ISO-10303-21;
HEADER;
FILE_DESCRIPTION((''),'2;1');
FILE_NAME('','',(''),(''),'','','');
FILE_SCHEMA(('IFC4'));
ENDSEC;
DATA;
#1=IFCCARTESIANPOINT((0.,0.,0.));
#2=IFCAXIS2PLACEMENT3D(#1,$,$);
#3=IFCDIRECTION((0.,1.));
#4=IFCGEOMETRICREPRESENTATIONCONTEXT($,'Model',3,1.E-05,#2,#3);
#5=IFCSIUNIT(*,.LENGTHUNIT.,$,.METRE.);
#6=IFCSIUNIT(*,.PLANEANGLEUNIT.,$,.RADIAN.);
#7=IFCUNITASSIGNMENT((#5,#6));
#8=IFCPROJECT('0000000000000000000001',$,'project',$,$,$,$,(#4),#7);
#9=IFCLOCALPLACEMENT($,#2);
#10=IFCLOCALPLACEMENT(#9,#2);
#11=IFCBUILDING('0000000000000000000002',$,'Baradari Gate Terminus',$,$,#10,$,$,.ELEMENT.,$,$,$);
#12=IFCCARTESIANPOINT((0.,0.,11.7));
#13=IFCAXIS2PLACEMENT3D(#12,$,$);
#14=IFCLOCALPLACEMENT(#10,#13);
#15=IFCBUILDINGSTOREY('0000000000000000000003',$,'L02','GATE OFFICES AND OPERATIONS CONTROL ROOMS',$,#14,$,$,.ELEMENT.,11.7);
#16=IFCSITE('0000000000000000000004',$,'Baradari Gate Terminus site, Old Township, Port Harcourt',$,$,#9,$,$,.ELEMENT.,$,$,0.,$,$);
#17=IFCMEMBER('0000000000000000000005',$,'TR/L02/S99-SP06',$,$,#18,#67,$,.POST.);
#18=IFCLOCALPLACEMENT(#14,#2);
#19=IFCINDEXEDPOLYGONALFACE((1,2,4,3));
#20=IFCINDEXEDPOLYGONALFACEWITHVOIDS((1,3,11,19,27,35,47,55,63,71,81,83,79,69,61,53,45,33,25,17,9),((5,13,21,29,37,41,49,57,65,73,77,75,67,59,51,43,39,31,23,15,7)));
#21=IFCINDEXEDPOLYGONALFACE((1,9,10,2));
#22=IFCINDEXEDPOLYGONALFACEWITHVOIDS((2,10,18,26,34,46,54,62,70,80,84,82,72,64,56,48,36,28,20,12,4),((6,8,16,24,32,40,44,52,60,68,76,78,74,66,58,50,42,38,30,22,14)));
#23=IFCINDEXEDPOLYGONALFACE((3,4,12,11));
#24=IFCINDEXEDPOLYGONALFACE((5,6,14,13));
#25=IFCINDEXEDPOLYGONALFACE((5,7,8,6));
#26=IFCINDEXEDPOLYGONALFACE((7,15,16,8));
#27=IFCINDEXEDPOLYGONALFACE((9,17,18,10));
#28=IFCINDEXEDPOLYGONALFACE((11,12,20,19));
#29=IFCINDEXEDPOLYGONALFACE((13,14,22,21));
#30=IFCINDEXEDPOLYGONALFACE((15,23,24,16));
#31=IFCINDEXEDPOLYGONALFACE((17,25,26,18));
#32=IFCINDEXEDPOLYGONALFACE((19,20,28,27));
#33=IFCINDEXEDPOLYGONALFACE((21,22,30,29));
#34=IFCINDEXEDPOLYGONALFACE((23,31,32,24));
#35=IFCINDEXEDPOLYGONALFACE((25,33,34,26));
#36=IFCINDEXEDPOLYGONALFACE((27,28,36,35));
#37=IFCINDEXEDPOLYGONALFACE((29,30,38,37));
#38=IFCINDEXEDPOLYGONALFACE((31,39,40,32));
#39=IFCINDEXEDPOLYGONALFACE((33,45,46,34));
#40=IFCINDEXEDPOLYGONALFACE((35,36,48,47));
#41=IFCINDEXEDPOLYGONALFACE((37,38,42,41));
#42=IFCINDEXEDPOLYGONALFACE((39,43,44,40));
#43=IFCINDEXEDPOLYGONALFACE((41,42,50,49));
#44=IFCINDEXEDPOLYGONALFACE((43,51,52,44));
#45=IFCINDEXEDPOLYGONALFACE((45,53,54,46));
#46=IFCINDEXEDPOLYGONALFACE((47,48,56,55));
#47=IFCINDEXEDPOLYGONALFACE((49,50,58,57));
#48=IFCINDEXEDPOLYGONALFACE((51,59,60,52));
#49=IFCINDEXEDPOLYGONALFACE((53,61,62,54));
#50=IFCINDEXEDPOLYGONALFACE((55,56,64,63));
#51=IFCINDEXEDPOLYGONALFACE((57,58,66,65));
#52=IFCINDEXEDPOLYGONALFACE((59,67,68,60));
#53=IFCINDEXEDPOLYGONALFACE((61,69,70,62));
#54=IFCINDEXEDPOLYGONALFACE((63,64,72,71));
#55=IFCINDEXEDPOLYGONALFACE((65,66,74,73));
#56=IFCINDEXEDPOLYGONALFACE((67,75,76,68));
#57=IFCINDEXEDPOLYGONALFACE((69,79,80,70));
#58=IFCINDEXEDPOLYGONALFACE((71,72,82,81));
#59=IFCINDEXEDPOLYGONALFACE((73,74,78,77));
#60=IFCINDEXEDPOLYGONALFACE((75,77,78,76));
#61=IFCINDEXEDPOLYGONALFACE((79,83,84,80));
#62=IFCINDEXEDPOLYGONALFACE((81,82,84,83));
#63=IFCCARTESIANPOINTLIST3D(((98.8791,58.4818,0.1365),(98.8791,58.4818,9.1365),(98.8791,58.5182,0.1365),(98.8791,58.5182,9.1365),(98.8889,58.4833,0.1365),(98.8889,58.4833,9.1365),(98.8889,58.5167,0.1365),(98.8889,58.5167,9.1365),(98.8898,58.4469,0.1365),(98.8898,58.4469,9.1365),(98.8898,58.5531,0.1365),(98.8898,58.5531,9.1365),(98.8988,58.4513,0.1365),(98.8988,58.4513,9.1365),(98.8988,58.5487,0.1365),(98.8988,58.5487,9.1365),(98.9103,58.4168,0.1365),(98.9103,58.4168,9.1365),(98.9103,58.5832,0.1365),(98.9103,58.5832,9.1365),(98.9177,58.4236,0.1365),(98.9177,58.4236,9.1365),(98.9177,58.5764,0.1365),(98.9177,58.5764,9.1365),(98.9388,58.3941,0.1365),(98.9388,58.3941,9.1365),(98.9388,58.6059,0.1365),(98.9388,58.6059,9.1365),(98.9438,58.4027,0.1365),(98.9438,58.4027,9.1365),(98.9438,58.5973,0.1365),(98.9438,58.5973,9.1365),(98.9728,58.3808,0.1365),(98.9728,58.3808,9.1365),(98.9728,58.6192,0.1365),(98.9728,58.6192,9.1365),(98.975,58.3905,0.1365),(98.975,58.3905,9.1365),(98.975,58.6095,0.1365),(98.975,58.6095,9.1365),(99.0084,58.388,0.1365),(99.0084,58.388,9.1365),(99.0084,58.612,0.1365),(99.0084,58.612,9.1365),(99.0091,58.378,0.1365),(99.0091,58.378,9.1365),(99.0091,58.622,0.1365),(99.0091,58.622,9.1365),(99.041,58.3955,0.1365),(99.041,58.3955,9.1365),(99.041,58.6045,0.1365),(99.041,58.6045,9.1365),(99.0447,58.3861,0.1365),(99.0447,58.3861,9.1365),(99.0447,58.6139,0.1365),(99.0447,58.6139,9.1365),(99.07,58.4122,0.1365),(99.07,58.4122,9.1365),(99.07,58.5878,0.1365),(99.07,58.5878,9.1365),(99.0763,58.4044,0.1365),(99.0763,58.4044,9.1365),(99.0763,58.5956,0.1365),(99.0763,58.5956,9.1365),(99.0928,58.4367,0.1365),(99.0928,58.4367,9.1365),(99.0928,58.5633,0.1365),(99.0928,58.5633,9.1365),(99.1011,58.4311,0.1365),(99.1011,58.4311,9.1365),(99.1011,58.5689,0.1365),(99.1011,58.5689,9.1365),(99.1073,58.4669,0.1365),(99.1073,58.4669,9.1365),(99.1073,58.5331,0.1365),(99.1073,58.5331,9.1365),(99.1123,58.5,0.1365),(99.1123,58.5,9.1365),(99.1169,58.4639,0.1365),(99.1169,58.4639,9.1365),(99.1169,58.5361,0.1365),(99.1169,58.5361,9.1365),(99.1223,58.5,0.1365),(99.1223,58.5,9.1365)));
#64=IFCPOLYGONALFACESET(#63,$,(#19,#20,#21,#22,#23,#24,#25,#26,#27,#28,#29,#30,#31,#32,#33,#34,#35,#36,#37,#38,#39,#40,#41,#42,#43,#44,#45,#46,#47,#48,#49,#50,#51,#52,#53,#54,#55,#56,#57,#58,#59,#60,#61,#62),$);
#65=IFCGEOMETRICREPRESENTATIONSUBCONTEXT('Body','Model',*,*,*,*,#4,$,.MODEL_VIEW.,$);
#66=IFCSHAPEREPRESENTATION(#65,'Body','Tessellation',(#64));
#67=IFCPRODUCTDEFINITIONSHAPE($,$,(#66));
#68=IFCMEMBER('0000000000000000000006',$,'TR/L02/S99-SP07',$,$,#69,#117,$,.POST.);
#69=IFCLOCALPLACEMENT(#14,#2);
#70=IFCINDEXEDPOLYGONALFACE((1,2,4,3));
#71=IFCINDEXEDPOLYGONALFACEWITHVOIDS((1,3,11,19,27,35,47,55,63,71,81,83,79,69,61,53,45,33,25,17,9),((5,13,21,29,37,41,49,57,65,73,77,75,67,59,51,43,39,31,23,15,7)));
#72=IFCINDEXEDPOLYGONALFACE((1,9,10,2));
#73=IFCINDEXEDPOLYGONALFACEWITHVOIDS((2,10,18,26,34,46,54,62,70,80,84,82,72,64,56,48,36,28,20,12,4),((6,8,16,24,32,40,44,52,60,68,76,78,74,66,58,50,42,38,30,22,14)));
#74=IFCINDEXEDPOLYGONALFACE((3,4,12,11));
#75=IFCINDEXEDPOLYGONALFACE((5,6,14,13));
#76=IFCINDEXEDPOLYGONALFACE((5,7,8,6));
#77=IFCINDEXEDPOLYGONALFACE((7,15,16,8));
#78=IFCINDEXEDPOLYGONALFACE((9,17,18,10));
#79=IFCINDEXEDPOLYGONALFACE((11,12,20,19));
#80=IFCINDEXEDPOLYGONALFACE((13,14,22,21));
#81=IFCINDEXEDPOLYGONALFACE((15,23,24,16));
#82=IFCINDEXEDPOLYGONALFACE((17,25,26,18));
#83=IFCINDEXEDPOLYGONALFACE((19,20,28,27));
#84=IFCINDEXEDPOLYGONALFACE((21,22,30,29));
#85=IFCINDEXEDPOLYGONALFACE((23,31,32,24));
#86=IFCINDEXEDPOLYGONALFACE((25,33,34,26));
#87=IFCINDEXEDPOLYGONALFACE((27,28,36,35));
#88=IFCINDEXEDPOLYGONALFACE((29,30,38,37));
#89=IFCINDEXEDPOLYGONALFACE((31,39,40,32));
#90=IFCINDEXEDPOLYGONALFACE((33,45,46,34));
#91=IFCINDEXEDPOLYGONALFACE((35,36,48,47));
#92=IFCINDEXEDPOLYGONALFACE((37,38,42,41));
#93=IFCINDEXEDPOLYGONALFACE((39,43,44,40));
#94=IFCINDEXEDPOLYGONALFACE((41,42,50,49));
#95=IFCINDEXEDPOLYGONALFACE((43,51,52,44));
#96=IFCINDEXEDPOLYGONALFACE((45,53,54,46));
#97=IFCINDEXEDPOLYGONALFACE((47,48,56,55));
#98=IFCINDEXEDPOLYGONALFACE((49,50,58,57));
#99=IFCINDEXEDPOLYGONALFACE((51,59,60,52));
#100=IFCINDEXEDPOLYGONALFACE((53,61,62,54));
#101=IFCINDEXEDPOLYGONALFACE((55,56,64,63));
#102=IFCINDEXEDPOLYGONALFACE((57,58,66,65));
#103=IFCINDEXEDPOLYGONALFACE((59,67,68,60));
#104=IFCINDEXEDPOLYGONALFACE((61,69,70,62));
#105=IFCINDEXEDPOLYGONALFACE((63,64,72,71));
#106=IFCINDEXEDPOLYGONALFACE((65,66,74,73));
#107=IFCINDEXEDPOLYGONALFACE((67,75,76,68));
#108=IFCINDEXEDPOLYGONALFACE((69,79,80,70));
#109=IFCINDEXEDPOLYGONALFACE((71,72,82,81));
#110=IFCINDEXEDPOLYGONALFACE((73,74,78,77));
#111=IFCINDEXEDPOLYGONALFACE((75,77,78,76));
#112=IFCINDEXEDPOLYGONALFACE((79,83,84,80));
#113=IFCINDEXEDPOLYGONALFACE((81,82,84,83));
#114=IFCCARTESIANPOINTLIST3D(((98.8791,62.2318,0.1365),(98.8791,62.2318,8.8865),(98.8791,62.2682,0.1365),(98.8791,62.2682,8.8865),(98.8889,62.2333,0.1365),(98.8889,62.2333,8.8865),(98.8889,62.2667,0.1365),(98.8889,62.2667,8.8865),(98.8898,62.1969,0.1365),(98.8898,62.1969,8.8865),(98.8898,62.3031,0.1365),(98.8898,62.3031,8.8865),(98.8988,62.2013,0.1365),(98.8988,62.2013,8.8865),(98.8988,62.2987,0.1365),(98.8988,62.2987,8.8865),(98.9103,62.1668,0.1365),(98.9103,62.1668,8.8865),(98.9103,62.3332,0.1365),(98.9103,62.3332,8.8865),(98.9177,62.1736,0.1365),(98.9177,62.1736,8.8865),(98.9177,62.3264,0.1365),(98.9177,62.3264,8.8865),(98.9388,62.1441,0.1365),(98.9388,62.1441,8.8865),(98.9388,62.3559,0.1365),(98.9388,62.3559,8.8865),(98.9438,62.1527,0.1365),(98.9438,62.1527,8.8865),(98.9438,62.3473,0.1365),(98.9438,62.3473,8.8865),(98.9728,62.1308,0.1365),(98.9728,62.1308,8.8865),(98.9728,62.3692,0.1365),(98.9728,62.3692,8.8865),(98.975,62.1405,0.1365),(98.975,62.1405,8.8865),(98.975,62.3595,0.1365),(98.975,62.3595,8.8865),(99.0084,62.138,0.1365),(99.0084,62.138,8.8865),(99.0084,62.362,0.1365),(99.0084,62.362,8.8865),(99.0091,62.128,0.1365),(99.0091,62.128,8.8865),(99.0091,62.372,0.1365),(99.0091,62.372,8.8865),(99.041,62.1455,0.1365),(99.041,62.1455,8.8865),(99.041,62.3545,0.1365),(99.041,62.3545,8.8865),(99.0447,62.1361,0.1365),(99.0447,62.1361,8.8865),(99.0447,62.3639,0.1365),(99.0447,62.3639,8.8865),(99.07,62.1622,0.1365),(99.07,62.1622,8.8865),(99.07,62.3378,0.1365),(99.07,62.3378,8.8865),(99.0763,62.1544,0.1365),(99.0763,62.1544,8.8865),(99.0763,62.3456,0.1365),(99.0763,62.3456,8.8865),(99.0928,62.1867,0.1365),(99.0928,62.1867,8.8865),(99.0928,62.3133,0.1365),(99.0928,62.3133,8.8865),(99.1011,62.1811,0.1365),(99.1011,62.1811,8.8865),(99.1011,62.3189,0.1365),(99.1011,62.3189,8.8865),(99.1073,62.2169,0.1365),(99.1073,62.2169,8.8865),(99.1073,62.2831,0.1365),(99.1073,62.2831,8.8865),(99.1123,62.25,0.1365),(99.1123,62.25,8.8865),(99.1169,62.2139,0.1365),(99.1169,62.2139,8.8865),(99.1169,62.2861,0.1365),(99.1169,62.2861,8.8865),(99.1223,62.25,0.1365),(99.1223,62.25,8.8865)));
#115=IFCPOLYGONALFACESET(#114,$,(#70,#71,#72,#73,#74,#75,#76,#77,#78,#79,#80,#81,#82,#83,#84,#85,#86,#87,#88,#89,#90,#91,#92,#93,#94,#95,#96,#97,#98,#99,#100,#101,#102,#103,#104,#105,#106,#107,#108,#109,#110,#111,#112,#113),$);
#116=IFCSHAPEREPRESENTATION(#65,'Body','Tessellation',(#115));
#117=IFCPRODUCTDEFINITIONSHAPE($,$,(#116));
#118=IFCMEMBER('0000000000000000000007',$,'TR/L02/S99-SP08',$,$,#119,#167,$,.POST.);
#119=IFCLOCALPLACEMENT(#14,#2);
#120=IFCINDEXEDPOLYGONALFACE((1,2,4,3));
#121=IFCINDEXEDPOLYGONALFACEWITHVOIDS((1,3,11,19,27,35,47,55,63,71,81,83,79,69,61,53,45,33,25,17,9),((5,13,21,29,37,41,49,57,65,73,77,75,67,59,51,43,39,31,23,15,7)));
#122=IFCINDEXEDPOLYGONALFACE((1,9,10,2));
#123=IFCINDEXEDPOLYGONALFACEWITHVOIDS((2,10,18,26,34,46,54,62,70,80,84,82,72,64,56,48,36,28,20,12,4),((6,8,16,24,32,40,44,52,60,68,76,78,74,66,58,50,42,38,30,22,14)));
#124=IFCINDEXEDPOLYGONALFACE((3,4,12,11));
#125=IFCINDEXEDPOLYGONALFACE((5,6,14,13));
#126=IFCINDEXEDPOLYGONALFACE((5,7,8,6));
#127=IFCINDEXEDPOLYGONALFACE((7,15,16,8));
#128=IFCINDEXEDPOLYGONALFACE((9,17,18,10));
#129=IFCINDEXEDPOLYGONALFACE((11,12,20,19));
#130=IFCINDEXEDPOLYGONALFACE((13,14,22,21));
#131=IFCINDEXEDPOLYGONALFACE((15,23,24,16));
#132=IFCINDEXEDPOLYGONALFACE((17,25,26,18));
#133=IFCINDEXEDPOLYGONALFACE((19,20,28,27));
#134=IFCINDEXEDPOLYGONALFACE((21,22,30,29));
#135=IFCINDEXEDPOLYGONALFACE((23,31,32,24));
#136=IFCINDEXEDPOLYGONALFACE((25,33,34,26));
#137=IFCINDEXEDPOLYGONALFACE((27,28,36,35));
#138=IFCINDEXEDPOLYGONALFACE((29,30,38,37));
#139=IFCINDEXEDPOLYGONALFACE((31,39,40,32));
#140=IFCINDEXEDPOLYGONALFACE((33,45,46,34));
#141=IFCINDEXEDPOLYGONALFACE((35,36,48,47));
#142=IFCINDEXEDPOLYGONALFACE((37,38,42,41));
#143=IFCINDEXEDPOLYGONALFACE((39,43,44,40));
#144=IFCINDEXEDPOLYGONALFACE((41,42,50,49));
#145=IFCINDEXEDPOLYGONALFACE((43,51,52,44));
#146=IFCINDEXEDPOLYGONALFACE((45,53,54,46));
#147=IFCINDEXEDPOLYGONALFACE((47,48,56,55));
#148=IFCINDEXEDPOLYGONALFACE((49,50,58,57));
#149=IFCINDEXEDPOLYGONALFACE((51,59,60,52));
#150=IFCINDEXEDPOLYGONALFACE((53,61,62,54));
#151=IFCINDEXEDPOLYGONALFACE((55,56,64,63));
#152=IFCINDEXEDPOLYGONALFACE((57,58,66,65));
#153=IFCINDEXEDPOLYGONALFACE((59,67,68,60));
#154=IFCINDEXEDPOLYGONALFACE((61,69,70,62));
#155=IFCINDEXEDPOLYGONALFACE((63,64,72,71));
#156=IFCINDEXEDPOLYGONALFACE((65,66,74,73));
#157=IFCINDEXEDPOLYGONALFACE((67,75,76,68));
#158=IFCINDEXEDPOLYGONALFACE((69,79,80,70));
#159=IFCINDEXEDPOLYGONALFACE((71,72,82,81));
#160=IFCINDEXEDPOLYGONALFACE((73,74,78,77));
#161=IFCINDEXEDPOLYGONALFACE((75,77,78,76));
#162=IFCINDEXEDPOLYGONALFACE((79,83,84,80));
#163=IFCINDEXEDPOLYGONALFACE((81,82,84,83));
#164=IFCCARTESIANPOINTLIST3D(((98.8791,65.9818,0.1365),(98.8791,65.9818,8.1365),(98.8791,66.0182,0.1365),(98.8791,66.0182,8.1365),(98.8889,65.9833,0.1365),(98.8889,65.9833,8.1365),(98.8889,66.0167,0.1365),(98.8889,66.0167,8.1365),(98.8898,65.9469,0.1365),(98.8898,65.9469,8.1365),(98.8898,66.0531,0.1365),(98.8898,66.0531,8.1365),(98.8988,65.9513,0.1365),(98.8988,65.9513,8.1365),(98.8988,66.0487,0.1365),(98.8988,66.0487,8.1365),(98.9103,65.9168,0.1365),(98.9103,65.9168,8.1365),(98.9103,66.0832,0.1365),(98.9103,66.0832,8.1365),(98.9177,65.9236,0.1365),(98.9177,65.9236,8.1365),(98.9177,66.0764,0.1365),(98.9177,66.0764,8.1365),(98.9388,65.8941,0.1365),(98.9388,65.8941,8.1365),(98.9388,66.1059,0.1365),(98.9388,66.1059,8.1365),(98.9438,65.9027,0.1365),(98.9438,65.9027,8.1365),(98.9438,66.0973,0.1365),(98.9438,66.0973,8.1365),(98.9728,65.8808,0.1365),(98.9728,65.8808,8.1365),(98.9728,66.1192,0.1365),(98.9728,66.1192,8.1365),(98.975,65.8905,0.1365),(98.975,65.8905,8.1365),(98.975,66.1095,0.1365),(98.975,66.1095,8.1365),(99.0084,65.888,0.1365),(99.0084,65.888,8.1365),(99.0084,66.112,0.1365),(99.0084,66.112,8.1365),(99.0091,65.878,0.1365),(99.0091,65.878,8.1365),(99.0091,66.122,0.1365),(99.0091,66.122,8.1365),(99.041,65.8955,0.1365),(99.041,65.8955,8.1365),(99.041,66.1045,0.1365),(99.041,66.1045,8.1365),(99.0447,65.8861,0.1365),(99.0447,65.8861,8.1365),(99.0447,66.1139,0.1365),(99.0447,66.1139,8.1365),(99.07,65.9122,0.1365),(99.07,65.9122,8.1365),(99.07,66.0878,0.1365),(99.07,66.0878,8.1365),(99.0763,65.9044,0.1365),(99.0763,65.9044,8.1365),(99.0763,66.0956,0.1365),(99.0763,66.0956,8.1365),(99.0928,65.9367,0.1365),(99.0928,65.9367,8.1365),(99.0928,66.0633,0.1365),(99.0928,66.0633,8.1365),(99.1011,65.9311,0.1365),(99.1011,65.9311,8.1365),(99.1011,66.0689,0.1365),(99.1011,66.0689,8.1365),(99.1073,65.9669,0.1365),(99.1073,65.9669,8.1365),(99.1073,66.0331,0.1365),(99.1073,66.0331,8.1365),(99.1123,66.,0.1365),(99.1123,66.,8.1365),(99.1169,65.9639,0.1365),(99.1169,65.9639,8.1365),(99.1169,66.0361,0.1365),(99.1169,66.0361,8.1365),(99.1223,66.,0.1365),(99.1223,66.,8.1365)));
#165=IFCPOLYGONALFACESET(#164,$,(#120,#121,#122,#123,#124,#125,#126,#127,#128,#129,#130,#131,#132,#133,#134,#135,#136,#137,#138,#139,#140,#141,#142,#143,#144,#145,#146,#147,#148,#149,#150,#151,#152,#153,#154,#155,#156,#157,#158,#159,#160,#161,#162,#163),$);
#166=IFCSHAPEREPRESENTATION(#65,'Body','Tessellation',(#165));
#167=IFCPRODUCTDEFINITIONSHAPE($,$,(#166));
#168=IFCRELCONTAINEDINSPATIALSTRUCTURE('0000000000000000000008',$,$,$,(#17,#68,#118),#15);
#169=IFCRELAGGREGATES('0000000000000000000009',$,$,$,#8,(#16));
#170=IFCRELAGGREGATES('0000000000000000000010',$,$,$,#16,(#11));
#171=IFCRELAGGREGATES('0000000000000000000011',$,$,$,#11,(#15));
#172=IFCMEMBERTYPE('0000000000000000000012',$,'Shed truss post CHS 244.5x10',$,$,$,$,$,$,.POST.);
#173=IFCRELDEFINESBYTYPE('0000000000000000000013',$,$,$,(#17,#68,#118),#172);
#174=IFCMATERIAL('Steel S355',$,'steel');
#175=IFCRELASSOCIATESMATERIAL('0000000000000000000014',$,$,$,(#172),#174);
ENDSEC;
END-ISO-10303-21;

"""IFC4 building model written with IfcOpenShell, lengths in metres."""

from ifc_helpers import new_model, si_unit, direction, frame, origin, origin_2d, place, context, subcontext, project, spatial, hollow_circle, extrude, material, material_profile, profile_set, type_object, element, save


model = new_model("IFC4")

# Units and contexts
model_context = context("Model", 3, precision=1e-05, world=origin(), true_north=direction((0.0, 1.0)))
body_context = subcontext(model_context, "Body", "Model", "MODEL_VIEW")
ifc_project = project(units=[si_unit("LENGTHUNIT", "METRE"), si_unit("PLANEANGLEUNIT", "RADIAN")], contexts=[model_context])

# Site, building, storey
site_placement = place(None, origin())
site = spatial("IfcSite", under=ifc_project, at=site_placement, Name="Baradari Gate Terminus site, Old Township, Port Harcourt", CompositionType="ELEMENT", RefElevation=0.0)
building_placement = place(site_placement, origin())
building = spatial("IfcBuilding", under=site, at=building_placement, Name="Baradari Gate Terminus", CompositionType="ELEMENT")
storey_placement = place(building_placement, frame((0.0, 0.0, 11.7)))
storey = spatial("IfcBuildingStorey", under=building, at=storey_placement, Name="L02", Description="GATE OFFICES AND OPERATIONS CONTROL ROOMS", CompositionType="ELEMENT", Elevation=11.7)

# Members
ifc_material_1 = material(Name="Steel S355", Category="steel")
ifc_material_profile_1 = material_profile(ifc_material_1, hollow_circle(Radius=0.1223, WallThickness=0.01, at=origin_2d()), Name="CHS 244.5x10")
ifc_profile_set_1 = profile_set([ifc_material_profile_1], Name="Steel S355")
member_type_1 = type_object("IfcMemberType", Name="Shed truss post CHS 244.5x10", PredefinedType="POST", material=ifc_profile_set_1)
member_1_placement = place(storey_placement, frame((99.0, 58.5, 0.1365), z_axis=(0.0, 0.0, 1.0), x_axis=(1.0, 0.0, 0.0)))
element("IfcMember", 1, at=member_1_placement, inside=storey, type_object=member_type_1, Name="TR/L02/S99-SP06", PredefinedType="POST", context=body_context, shape_type="SweptSolid", body=[
    extrude(hollow_circle(Radius=0.1223, WallThickness=0.01, at=origin_2d()), origin(), (0.0, 0.0, 1.0), 9.0),
])
member_2_placement = place(storey_placement, frame((99.0, 62.25, 0.1365), z_axis=(0.0, 0.0, 1.0), x_axis=(1.0, 0.0, 0.0)))
element("IfcMember", 2, at=member_2_placement, inside=storey, type_object=member_type_1, Name="TR/L02/S99-SP07", PredefinedType="POST", context=body_context, shape_type="SweptSolid", body=[
    extrude(hollow_circle(Radius=0.1223, WallThickness=0.01, at=origin_2d()), origin(), (0.0, 0.0, 1.0), 8.75),
])
member_3_placement = place(storey_placement, frame((99.0, 66.0, 0.1365), z_axis=(0.0, 0.0, 1.0), x_axis=(1.0, 0.0, 0.0)))
element("IfcMember", 3, at=member_3_placement, inside=storey, type_object=member_type_1, Name="TR/L02/S99-SP08", PredefinedType="POST", context=body_context, shape_type="SweptSolid", body=[
    extrude(hollow_circle(Radius=0.1223, WallThickness=0.01, at=origin_2d()), origin(), (0.0, 0.0, 1.0), 8.0),
])

save(model, "model.ifc")
